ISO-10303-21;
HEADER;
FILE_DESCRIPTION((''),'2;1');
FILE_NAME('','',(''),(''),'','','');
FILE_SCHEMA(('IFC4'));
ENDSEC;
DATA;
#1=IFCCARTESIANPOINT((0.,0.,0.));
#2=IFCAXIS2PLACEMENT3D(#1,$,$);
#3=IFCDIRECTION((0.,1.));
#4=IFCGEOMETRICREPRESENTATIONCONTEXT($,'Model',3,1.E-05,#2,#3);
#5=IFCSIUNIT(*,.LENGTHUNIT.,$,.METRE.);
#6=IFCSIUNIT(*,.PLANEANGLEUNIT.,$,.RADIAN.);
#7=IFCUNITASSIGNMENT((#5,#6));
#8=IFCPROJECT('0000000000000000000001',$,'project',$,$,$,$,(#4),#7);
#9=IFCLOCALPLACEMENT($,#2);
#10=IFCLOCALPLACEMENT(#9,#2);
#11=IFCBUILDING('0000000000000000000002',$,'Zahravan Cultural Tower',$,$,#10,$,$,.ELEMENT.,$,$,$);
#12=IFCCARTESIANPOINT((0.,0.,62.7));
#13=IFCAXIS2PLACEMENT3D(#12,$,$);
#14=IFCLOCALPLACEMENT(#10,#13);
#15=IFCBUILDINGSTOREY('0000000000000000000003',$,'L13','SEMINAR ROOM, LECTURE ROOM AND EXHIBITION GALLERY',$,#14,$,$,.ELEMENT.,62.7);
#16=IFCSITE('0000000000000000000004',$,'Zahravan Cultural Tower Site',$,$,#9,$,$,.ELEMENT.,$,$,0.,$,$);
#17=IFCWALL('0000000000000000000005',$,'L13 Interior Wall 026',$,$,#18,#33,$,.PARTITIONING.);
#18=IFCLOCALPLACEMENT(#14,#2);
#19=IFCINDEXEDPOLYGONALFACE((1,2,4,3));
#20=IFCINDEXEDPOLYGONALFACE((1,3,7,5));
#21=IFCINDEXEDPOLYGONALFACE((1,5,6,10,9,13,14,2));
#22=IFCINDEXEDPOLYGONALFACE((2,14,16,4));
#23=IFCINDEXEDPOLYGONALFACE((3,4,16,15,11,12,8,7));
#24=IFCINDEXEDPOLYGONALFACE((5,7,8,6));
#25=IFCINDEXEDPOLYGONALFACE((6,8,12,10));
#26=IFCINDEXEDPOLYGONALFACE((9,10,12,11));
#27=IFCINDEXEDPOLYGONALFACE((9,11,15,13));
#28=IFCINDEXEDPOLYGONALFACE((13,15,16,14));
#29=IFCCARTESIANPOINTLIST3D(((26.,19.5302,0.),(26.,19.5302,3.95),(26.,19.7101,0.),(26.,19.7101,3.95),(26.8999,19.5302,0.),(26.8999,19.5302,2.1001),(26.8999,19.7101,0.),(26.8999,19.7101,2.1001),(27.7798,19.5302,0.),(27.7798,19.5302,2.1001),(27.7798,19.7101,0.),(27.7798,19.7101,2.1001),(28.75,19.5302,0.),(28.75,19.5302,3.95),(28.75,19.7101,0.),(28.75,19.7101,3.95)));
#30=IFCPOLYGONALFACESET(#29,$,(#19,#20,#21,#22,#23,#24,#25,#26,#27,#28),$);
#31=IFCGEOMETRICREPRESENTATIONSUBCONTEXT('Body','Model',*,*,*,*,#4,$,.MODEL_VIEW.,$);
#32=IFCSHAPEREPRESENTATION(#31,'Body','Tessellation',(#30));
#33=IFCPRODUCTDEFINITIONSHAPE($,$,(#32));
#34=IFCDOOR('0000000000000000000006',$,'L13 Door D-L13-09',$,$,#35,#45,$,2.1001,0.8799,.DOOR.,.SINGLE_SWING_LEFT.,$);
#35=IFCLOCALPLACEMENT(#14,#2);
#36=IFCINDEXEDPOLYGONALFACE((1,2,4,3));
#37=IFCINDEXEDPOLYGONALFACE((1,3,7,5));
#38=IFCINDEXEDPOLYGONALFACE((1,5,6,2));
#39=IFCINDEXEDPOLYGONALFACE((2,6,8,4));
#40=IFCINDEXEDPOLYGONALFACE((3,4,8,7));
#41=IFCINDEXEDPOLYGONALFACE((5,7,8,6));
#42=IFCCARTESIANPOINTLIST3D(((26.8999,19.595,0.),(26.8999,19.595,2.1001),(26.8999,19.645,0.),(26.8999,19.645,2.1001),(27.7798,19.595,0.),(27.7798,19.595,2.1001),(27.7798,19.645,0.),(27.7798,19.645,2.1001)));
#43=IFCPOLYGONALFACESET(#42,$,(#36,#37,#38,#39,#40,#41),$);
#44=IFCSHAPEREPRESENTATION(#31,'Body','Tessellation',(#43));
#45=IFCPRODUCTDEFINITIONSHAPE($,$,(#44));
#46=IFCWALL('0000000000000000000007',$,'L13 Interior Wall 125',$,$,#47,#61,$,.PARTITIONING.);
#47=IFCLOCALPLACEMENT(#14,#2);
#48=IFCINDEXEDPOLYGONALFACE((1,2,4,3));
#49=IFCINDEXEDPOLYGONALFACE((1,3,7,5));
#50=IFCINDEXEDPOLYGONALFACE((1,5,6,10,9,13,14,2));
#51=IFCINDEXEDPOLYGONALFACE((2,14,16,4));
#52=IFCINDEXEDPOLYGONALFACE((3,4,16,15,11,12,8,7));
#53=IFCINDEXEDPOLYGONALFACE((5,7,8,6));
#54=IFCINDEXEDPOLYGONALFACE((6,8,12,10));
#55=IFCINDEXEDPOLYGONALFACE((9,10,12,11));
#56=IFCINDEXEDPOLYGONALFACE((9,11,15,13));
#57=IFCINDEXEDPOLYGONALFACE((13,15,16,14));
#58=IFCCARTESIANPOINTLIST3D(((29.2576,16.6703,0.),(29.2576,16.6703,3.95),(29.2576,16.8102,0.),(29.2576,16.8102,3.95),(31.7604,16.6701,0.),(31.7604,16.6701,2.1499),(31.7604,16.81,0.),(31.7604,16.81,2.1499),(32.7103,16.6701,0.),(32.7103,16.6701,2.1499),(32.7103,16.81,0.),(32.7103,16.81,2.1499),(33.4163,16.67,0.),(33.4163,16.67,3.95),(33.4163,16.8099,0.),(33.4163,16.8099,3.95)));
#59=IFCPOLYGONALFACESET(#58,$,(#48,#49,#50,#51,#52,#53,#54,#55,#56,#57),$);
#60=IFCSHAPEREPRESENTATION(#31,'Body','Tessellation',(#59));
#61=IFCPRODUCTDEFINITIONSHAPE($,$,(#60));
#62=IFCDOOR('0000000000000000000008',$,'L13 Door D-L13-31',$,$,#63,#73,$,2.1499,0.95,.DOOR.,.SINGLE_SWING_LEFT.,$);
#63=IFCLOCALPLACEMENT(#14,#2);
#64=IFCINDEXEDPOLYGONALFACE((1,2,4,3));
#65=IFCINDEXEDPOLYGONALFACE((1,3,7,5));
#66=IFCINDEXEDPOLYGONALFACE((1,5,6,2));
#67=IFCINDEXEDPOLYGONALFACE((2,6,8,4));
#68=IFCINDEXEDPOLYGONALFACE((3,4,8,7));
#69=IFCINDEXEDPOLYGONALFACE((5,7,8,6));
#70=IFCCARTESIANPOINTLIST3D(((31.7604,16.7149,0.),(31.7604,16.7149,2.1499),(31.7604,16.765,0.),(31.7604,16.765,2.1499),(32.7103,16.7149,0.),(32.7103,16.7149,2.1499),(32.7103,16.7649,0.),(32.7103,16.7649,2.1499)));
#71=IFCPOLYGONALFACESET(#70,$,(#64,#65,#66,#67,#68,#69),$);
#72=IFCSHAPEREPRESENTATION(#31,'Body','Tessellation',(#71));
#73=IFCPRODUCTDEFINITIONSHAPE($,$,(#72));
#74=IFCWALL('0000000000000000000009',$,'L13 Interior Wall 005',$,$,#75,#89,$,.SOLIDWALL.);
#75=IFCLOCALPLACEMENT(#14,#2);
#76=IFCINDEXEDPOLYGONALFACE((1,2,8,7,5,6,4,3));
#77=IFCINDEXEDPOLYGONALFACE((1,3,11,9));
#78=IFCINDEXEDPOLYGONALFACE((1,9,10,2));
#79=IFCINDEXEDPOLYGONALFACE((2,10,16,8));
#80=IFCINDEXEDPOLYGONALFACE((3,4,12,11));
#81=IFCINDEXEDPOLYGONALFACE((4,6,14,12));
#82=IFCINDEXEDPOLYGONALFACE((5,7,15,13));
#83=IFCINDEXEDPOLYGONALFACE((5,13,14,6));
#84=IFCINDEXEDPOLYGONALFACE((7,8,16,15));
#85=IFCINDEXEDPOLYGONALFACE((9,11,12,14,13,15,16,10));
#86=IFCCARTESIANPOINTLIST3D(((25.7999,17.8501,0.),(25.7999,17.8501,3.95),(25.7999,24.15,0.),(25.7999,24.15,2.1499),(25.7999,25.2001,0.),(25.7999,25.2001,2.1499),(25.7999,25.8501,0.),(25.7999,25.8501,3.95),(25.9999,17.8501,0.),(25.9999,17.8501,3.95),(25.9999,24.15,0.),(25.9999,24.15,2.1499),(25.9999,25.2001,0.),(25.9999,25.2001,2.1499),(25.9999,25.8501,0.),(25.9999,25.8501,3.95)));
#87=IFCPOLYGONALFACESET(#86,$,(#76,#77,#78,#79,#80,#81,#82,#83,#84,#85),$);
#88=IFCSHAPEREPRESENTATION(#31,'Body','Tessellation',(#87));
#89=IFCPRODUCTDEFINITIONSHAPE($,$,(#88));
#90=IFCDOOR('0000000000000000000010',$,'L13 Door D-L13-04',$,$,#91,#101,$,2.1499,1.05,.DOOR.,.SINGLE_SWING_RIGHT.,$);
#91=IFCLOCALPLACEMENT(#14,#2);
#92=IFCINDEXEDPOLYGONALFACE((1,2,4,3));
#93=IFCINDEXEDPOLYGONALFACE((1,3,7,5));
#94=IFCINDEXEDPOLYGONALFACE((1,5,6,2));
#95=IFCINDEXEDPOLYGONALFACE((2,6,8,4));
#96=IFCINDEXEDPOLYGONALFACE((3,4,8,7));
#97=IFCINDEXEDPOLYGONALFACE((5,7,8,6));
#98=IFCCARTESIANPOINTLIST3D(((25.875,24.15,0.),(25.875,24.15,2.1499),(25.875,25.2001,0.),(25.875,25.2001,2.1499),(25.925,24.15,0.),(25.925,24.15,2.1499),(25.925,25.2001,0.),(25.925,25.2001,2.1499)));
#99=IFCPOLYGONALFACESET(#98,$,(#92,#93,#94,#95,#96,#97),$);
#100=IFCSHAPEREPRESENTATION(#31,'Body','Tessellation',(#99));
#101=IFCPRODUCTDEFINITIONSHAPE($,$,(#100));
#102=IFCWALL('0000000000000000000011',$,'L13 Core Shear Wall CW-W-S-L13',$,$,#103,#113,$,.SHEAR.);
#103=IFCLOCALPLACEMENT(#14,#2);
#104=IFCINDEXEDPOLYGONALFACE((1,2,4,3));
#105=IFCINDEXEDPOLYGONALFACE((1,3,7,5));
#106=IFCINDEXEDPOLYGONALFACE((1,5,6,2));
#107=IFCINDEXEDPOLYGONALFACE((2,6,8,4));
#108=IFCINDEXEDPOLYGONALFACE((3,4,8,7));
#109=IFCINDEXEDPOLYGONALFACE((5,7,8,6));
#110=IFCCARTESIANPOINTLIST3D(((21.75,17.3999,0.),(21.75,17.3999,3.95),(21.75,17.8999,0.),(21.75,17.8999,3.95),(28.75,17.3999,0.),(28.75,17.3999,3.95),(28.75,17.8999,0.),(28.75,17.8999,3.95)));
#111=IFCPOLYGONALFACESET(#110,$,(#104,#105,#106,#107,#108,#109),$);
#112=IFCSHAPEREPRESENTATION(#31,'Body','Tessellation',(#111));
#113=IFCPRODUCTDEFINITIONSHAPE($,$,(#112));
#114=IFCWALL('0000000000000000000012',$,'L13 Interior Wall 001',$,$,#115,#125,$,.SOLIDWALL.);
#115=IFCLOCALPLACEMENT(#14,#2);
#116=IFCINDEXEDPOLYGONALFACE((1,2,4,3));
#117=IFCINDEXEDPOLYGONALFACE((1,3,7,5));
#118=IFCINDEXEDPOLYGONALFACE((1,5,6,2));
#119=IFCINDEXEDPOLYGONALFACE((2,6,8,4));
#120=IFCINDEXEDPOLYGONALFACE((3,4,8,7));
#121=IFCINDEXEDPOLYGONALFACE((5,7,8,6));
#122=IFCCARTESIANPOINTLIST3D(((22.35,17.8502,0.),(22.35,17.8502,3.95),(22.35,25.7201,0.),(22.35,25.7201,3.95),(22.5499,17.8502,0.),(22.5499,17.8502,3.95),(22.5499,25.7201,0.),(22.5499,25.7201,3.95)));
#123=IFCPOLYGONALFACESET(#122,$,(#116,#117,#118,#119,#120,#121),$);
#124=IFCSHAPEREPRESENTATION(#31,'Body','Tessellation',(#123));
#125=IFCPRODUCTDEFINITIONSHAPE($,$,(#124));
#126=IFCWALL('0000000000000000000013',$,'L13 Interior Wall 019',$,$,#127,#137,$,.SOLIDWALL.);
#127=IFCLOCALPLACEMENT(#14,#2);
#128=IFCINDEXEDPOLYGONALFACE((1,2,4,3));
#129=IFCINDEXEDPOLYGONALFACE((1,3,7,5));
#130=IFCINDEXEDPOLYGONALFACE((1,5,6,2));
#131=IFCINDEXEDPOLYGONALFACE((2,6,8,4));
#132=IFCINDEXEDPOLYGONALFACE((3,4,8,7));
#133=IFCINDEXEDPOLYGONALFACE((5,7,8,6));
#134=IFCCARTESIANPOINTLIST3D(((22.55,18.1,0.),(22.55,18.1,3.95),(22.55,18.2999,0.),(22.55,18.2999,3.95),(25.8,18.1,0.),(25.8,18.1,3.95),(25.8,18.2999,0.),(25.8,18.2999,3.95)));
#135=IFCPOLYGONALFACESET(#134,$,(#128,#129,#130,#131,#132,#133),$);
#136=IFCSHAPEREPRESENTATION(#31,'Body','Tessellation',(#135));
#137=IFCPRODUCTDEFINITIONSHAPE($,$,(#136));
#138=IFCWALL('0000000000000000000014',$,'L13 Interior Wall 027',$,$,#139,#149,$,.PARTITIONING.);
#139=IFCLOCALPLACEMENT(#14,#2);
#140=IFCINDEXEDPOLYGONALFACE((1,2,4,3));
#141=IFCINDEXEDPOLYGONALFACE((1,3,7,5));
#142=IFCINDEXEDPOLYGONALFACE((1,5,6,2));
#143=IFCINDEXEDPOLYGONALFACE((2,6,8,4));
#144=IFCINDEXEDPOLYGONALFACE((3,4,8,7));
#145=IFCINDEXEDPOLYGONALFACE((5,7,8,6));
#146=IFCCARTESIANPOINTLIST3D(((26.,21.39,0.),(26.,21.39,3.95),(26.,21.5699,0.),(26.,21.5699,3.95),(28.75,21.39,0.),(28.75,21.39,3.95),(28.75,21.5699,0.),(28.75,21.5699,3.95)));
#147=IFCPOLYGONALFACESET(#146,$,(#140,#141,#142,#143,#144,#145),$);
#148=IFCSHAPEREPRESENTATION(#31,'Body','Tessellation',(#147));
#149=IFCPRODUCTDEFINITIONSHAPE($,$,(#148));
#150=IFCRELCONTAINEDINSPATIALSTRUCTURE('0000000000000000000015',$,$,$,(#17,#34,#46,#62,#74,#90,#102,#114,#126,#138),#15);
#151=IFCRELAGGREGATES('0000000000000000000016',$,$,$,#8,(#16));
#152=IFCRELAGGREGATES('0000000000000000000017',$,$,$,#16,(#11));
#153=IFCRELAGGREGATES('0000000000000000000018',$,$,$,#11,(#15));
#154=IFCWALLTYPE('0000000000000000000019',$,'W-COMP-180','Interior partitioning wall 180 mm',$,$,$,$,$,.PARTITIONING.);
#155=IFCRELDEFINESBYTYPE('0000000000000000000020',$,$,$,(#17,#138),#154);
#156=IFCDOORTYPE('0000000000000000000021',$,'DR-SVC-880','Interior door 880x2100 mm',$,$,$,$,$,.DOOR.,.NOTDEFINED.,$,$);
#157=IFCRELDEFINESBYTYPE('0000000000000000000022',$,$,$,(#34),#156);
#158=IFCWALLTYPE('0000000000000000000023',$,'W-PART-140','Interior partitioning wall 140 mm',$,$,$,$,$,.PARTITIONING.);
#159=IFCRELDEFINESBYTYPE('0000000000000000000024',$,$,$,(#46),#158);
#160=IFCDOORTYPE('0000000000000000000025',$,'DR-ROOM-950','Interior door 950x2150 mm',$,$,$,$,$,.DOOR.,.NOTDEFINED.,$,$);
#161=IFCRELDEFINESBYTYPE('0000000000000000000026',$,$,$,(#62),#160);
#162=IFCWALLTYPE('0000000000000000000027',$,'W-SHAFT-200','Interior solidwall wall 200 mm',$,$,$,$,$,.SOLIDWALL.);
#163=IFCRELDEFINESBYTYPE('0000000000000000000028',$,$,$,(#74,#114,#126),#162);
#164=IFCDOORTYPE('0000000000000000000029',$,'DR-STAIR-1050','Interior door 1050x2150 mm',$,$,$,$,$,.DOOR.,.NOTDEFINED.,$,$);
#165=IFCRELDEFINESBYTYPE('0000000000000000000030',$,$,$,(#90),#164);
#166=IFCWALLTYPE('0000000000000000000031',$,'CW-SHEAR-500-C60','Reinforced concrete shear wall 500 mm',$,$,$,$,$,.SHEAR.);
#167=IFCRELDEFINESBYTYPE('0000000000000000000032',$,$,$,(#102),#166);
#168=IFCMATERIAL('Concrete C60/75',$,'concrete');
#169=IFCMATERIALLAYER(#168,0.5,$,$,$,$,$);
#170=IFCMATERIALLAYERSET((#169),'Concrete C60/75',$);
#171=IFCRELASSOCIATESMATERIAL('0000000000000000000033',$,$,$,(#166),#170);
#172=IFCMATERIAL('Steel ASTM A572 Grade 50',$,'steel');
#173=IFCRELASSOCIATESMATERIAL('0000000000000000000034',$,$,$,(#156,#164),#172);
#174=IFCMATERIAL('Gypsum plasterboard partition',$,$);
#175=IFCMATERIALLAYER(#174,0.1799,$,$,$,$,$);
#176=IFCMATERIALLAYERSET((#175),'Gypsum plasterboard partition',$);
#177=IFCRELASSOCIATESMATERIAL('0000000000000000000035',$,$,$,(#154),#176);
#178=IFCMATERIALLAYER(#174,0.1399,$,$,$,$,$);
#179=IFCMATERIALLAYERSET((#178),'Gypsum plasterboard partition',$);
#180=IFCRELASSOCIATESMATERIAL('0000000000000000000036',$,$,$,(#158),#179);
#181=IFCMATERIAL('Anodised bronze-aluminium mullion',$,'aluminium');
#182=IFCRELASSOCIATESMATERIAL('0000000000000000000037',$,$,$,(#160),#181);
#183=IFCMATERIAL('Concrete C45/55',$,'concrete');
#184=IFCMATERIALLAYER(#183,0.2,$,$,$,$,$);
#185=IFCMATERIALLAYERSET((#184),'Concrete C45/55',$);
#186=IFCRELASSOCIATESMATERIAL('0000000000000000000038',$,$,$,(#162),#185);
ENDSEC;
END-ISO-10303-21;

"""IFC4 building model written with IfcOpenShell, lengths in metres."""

from ifc_helpers import new_model, si_unit, direction, frame, frame_2d, origin, place, context, subcontext, project, spatial, rectangle, extrude, source, transform, mapped, material, layer, layer_set, type_object, element, fill, save


model = new_model("IFC4")

# Units and contexts
model_context = context("Model", 3, precision=1e-05, world=origin(), true_north=direction((0.0, 1.0)))
body_context = subcontext(model_context, "Body", "Model", "MODEL_VIEW")
ifc_project = project(units=[si_unit("LENGTHUNIT", "METRE"), si_unit("PLANEANGLEUNIT", "RADIAN")], contexts=[model_context])

# Site, building, storey
site_placement = place(None, origin())
site = spatial("IfcSite", under=ifc_project, at=site_placement, Name="Zahravan Cultural Tower Site", CompositionType="ELEMENT", RefElevation=0.0)
building_placement = place(site_placement, origin())
building = spatial("IfcBuilding", under=site, at=building_placement, Name="Zahravan Cultural Tower", CompositionType="ELEMENT")
storey_placement = place(building_placement, frame((0.0, 0.0, 62.7)))
storey = spatial("IfcBuildingStorey", under=building, at=storey_placement, Name="L13", Description="SEMINAR ROOM, LECTURE ROOM AND EXHIBITION GALLERY", CompositionType="ELEMENT", Elevation=62.7)

# Shared definitions
ifc_material_1 = material(Name="Concrete C60/75", Category="concrete")

# Shared definitions
ifc_material_2 = material(Name="Anodised bronze-aluminium mullion", Category="aluminium")

# Shared definitions
ifc_layer_1 = layer(ifc_material_1, 0.5)
ifc_layer_set_1 = layer_set([ifc_layer_1], Name="Concrete C60/75")
wall_type_1 = type_object("IfcWallType", Name="CW-SHEAR-500-C60", Description="Reinforced concrete shear wall 500 mm", PredefinedType="SHEAR", material=ifc_layer_set_1)
ifc_material_3 = material(Name="Steel ASTM A572 Grade 50", Category="steel")
door_type_1 = type_object("IfcDoorType", Name="DR-SVC-880", Description="Interior door 880x2100 mm", OperationType="NOTDEFINED", PredefinedType="DOOR", material=ifc_material_3)
shared_shape_1 = source(origin(), body_context, "Body", "SweptSolid", [
    extrude(rectangle(XDim=0.8799, YDim=2.1001, at=frame_2d((0.4399, 1.05))), frame((0.0, 0.0249, 0.0), z_axis=(0.0, -1.0, 0.0), x_axis=(1.0, 0.0, 0.0)), (0.0, 0.0, 1.0), 0.05),
])

# Walls, openings, doors
ifc_material_4 = material(Name="Gypsum plasterboard partition")
ifc_layer_2 = layer(ifc_material_4, 0.1799)
ifc_layer_set_2 = layer_set([ifc_layer_2], Name="Gypsum plasterboard partition")
wall_type_2 = type_object("IfcWallType", Name="W-COMP-180", Description="Interior partitioning wall 180 mm", PredefinedType="PARTITIONING", material=ifc_layer_set_2)
wall_1_placement = place(storey_placement, frame((26.0, 19.6201, 0.0), z_axis=(0.0, 0.0, 1.0), x_axis=(1.0, 0.0, 0.0)))
wall_1 = element("IfcWall", 1, at=wall_1_placement, inside=storey, type_object=wall_type_2, Name="L13 Interior Wall 026", PredefinedType="PARTITIONING", context=body_context, shape_type="SweptSolid", body=[
    extrude(rectangle(XDim=2.75, YDim=0.1799, at=frame_2d((1.375, 0.0))), origin(), (0.0, 0.0, 1.0), 3.95),
])
opening_1_placement = place(wall_1_placement, frame((0.8999, 0.0, 0.0)))
opening_1 = element("IfcOpeningElement", 2, at=opening_1_placement, cuts=wall_1, PredefinedType="OPENING", context=body_context, shape_type="SweptSolid", body=[
    extrude(rectangle(XDim=0.8799, YDim=2.1001, at=frame_2d((0.4399, 1.05))), frame((0.0, 0.0999, 0.0), z_axis=(0.0, -1.0, 0.0), x_axis=(1.0, 0.0, 0.0)), (0.0, 0.0, 1.0), 0.2),
])
door_1_placement = place(opening_1_placement, origin())
door_1 = element("IfcDoor", 3, at=door_1_placement, inside=storey, type_object=door_type_1, Name="L13 Door D-L13-09", OperationType="SINGLE_SWING_LEFT", OverallHeight=2.1001, OverallWidth=0.8799, PredefinedType="DOOR", context=body_context, shape_type="MappedRepresentation", body=[
    mapped(shared_shape_1, transform((0.0, 0.0, 0.0), x_axis=(1.0, 0.0, 0.0), y_axis=(0.0, 1.0, 0.0), z_axis=(0.0, 0.0, 1.0), scale=1.0)),
])
fill(opening_1, door_1)
ifc_layer_3 = layer(ifc_material_4, 0.1399)
ifc_layer_set_3 = layer_set([ifc_layer_3], Name="Gypsum plasterboard partition")
wall_type_3 = type_object("IfcWallType", Name="W-PART-140", Description="Interior partitioning wall 140 mm", PredefinedType="PARTITIONING", material=ifc_layer_set_3)
wall_2_placement = place(storey_placement, frame((29.2576, 16.7402, 0.0), z_axis=(0.0, 0.0, 1.0), x_axis=(1.0, -0.000059, 0.0)))
wall_2 = element("IfcWall", 4, at=wall_2_placement, inside=storey, type_object=wall_type_3, Name="L13 Interior Wall 125", PredefinedType="PARTITIONING", context=body_context, shape_type="SweptSolid", body=[
    extrude(rectangle(XDim=4.1587, YDim=0.1399, at=frame_2d((2.0793, 0.0))), origin(), (0.0, 0.0, 1.0), 3.95),
])
opening_2_placement = place(wall_2_placement, frame((2.5027, 0.0, 0.0)))
opening_2 = element("IfcOpeningElement", 5, at=opening_2_placement, cuts=wall_2, PredefinedType="OPENING", context=body_context, shape_type="SweptSolid", body=[
    extrude(rectangle(XDim=0.95, YDim=2.1499, at=frame_2d((0.4751, 1.075))), frame((0.0, 0.0798, 0.0), z_axis=(0.0, -1.0, 0.0), x_axis=(1.0, 0.0, 0.0)), (0.0, 0.0, 1.0), 0.1599),
])
door_type_2 = type_object("IfcDoorType", Name="DR-ROOM-950", Description="Interior door 950x2150 mm", OperationType="NOTDEFINED", PredefinedType="DOOR", material=ifc_material_2)
shared_shape_2 = source(origin(), body_context, "Body", "SweptSolid", [
    extrude(rectangle(XDim=0.95, YDim=2.1499, at=frame_2d((0.4751, 1.075))), frame((0.0, 0.0249, 0.0), z_axis=(0.0, -1.0, 0.0), x_axis=(1.0, 0.0, 0.0)), (0.0, 0.0, 1.0), 0.05),
])
door_2_placement = place(opening_2_placement, origin())
door_2 = element("IfcDoor", 6, at=door_2_placement, inside=storey, type_object=door_type_2, Name="L13 Door D-L13-31", OperationType="SINGLE_SWING_LEFT", OverallHeight=2.1499, OverallWidth=0.95, PredefinedType="DOOR", context=body_context, shape_type="MappedRepresentation", body=[
    mapped(shared_shape_2, transform((0.0, 0.0, 0.0), x_axis=(1.0, 0.0, 0.0), y_axis=(0.0, 1.0, 0.0), z_axis=(0.0, 0.0, 1.0), scale=1.0)),
])
fill(opening_2, door_2)
ifc_material_5 = material(Name="Concrete C45/55", Category="concrete")
ifc_layer_4 = layer(ifc_material_5, 0.2)
ifc_layer_set_4 = layer_set([ifc_layer_4], Name="Concrete C45/55")
wall_type_4 = type_object("IfcWallType", Name="W-SHAFT-200", Description="Interior solidwall wall 200 mm", PredefinedType="SOLIDWALL", material=ifc_layer_set_4)
wall_3_placement = place(storey_placement, frame((25.8999, 17.8501, 0.0), z_axis=(0.0, 0.0, 1.0), x_axis=(0.0, 1.0, 0.0)))
wall_3 = element("IfcWall", 7, at=wall_3_placement, inside=storey, type_object=wall_type_4, Name="L13 Interior Wall 005", PredefinedType="SOLIDWALL", context=body_context, shape_type="SweptSolid", body=[
    extrude(rectangle(XDim=8.0, YDim=0.2, at=frame_2d((4.0, 0.0))), origin(), (0.0, 0.0, 1.0), 3.95),
])
opening_3_placement = place(wall_3_placement, frame((6.3, 0.0, 0.0)))
opening_3 = element("IfcOpeningElement", 8, at=opening_3_placement, cuts=wall_3, PredefinedType="OPENING", context=body_context, shape_type="SweptSolid", body=[
    extrude(rectangle(XDim=1.05, YDim=2.1499, at=frame_2d((0.5249, 1.075))), frame((0.0, 0.1099, 0.0), z_axis=(0.0, -1.0, 0.0), x_axis=(1.0, 0.0, 0.0)), (0.0, 0.0, 1.0), 0.22),
])
door_type_3 = type_object("IfcDoorType", Name="DR-STAIR-1050", Description="Interior door 1050x2150 mm", OperationType="NOTDEFINED", PredefinedType="DOOR", material=ifc_material_3)
shared_shape_3 = source(origin(), body_context, "Body", "SweptSolid", [
    extrude(rectangle(XDim=1.05, YDim=2.1499, at=frame_2d((0.5249, 1.075))), frame((0.0, 0.0249, 0.0), z_axis=(0.0, -1.0, 0.0), x_axis=(1.0, 0.0, 0.0)), (0.0, 0.0, 1.0), 0.05),
])
door_3_placement = place(opening_3_placement, origin())
door_3 = element("IfcDoor", 9, at=door_3_placement, inside=storey, type_object=door_type_3, Name="L13 Door D-L13-04", OperationType="SINGLE_SWING_RIGHT", OverallHeight=2.1499, OverallWidth=1.05, PredefinedType="DOOR", context=body_context, shape_type="MappedRepresentation", body=[
    mapped(shared_shape_3, transform((0.0, 0.0, 0.0), x_axis=(1.0, 0.0, 0.0), y_axis=(0.0, 1.0, 0.0), z_axis=(0.0, 0.0, 1.0), scale=1.0)),
])
fill(opening_3, door_3)

# Walls
shared_shape_4 = source(origin(), body_context, "Body", "SweptSolid", [
    extrude(rectangle(XDim=7.0, YDim=0.5, at=frame_2d((3.5, 0.0))), origin(), (0.0, 0.0, 1.0), 3.95),
])
wall_4_placement = place(storey_placement, frame((21.75, 17.6499, 0.0), z_axis=(0.0, 0.0, 1.0), x_axis=(1.0, 0.0, 0.0)))
element("IfcWall", 10, at=wall_4_placement, inside=storey, type_object=wall_type_1, Name="L13 Core Shear Wall CW-W-S-L13", PredefinedType="SHEAR", context=body_context, shape_type="MappedRepresentation", body=[
    mapped(shared_shape_4, transform((0.0, 0.0, 0.0), x_axis=(1.0, 0.0, 0.0), y_axis=(0.0, 1.0, 0.0), z_axis=(0.0, 0.0, 1.0), scale=1.0)),
])
shared_shape_5 = source(origin(), body_context, "Body", "SweptSolid", [
    extrude(rectangle(XDim=7.8699, YDim=0.2, at=frame_2d((3.9351, 0.0))), origin(), (0.0, 0.0, 1.0), 3.95),
])
wall_5_placement = place(storey_placement, frame((22.45, 17.8501, 0.0), z_axis=(0.0, 0.0, 1.0), x_axis=(0.0, 1.0, 0.0)))
element("IfcWall", 11, at=wall_5_placement, inside=storey, type_object=wall_type_4, Name="L13 Interior Wall 001", PredefinedType="SOLIDWALL", context=body_context, shape_type="MappedRepresentation", body=[
    mapped(shared_shape_5, transform((0.0, 0.0, 0.0), x_axis=(1.0, 0.0, 0.0), y_axis=(0.0, 1.0, 0.0), z_axis=(0.0, 0.0, 1.0), scale=1.0)),
])
shared_shape_6 = source(origin(), body_context, "Body", "SweptSolid", [
    extrude(rectangle(XDim=3.25, YDim=0.2, at=frame_2d((1.625, 0.0))), origin(), (0.0, 0.0, 1.0), 3.95),
])
wall_6_placement = place(storey_placement, frame((22.55, 18.2, 0.0), z_axis=(0.0, 0.0, 1.0), x_axis=(1.0, 0.0, 0.0)))
element("IfcWall", 12, at=wall_6_placement, inside=storey, type_object=wall_type_4, Name="L13 Interior Wall 019", PredefinedType="SOLIDWALL", context=body_context, shape_type="MappedRepresentation", body=[
    mapped(shared_shape_6, transform((0.0, 0.0, 0.0), x_axis=(1.0, 0.0, 0.0), y_axis=(0.0, 1.0, 0.0), z_axis=(0.0, 0.0, 1.0), scale=1.0)),
])
shared_shape_7 = source(origin(), body_context, "Body", "SweptSolid", [
    extrude(rectangle(XDim=2.75, YDim=0.1799, at=frame_2d((1.375, 0.0))), origin(), (0.0, 0.0, 1.0), 3.95),
])
wall_7_placement = place(storey_placement, frame((26.0, 21.48, 0.0), z_axis=(0.0, 0.0, 1.0), x_axis=(1.0, 0.0, 0.0)))
element("IfcWall", 13, at=wall_7_placement, inside=storey, type_object=wall_type_2, Name="L13 Interior Wall 027", PredefinedType="PARTITIONING", context=body_context, shape_type="MappedRepresentation", body=[
    mapped(shared_shape_7, transform((0.0, 0.0, 0.0), x_axis=(1.0, 0.0, 0.0), y_axis=(0.0, 1.0, 0.0), z_axis=(0.0, 0.0, 1.0), scale=1.0)),
])

save(model, "model.ifc")
